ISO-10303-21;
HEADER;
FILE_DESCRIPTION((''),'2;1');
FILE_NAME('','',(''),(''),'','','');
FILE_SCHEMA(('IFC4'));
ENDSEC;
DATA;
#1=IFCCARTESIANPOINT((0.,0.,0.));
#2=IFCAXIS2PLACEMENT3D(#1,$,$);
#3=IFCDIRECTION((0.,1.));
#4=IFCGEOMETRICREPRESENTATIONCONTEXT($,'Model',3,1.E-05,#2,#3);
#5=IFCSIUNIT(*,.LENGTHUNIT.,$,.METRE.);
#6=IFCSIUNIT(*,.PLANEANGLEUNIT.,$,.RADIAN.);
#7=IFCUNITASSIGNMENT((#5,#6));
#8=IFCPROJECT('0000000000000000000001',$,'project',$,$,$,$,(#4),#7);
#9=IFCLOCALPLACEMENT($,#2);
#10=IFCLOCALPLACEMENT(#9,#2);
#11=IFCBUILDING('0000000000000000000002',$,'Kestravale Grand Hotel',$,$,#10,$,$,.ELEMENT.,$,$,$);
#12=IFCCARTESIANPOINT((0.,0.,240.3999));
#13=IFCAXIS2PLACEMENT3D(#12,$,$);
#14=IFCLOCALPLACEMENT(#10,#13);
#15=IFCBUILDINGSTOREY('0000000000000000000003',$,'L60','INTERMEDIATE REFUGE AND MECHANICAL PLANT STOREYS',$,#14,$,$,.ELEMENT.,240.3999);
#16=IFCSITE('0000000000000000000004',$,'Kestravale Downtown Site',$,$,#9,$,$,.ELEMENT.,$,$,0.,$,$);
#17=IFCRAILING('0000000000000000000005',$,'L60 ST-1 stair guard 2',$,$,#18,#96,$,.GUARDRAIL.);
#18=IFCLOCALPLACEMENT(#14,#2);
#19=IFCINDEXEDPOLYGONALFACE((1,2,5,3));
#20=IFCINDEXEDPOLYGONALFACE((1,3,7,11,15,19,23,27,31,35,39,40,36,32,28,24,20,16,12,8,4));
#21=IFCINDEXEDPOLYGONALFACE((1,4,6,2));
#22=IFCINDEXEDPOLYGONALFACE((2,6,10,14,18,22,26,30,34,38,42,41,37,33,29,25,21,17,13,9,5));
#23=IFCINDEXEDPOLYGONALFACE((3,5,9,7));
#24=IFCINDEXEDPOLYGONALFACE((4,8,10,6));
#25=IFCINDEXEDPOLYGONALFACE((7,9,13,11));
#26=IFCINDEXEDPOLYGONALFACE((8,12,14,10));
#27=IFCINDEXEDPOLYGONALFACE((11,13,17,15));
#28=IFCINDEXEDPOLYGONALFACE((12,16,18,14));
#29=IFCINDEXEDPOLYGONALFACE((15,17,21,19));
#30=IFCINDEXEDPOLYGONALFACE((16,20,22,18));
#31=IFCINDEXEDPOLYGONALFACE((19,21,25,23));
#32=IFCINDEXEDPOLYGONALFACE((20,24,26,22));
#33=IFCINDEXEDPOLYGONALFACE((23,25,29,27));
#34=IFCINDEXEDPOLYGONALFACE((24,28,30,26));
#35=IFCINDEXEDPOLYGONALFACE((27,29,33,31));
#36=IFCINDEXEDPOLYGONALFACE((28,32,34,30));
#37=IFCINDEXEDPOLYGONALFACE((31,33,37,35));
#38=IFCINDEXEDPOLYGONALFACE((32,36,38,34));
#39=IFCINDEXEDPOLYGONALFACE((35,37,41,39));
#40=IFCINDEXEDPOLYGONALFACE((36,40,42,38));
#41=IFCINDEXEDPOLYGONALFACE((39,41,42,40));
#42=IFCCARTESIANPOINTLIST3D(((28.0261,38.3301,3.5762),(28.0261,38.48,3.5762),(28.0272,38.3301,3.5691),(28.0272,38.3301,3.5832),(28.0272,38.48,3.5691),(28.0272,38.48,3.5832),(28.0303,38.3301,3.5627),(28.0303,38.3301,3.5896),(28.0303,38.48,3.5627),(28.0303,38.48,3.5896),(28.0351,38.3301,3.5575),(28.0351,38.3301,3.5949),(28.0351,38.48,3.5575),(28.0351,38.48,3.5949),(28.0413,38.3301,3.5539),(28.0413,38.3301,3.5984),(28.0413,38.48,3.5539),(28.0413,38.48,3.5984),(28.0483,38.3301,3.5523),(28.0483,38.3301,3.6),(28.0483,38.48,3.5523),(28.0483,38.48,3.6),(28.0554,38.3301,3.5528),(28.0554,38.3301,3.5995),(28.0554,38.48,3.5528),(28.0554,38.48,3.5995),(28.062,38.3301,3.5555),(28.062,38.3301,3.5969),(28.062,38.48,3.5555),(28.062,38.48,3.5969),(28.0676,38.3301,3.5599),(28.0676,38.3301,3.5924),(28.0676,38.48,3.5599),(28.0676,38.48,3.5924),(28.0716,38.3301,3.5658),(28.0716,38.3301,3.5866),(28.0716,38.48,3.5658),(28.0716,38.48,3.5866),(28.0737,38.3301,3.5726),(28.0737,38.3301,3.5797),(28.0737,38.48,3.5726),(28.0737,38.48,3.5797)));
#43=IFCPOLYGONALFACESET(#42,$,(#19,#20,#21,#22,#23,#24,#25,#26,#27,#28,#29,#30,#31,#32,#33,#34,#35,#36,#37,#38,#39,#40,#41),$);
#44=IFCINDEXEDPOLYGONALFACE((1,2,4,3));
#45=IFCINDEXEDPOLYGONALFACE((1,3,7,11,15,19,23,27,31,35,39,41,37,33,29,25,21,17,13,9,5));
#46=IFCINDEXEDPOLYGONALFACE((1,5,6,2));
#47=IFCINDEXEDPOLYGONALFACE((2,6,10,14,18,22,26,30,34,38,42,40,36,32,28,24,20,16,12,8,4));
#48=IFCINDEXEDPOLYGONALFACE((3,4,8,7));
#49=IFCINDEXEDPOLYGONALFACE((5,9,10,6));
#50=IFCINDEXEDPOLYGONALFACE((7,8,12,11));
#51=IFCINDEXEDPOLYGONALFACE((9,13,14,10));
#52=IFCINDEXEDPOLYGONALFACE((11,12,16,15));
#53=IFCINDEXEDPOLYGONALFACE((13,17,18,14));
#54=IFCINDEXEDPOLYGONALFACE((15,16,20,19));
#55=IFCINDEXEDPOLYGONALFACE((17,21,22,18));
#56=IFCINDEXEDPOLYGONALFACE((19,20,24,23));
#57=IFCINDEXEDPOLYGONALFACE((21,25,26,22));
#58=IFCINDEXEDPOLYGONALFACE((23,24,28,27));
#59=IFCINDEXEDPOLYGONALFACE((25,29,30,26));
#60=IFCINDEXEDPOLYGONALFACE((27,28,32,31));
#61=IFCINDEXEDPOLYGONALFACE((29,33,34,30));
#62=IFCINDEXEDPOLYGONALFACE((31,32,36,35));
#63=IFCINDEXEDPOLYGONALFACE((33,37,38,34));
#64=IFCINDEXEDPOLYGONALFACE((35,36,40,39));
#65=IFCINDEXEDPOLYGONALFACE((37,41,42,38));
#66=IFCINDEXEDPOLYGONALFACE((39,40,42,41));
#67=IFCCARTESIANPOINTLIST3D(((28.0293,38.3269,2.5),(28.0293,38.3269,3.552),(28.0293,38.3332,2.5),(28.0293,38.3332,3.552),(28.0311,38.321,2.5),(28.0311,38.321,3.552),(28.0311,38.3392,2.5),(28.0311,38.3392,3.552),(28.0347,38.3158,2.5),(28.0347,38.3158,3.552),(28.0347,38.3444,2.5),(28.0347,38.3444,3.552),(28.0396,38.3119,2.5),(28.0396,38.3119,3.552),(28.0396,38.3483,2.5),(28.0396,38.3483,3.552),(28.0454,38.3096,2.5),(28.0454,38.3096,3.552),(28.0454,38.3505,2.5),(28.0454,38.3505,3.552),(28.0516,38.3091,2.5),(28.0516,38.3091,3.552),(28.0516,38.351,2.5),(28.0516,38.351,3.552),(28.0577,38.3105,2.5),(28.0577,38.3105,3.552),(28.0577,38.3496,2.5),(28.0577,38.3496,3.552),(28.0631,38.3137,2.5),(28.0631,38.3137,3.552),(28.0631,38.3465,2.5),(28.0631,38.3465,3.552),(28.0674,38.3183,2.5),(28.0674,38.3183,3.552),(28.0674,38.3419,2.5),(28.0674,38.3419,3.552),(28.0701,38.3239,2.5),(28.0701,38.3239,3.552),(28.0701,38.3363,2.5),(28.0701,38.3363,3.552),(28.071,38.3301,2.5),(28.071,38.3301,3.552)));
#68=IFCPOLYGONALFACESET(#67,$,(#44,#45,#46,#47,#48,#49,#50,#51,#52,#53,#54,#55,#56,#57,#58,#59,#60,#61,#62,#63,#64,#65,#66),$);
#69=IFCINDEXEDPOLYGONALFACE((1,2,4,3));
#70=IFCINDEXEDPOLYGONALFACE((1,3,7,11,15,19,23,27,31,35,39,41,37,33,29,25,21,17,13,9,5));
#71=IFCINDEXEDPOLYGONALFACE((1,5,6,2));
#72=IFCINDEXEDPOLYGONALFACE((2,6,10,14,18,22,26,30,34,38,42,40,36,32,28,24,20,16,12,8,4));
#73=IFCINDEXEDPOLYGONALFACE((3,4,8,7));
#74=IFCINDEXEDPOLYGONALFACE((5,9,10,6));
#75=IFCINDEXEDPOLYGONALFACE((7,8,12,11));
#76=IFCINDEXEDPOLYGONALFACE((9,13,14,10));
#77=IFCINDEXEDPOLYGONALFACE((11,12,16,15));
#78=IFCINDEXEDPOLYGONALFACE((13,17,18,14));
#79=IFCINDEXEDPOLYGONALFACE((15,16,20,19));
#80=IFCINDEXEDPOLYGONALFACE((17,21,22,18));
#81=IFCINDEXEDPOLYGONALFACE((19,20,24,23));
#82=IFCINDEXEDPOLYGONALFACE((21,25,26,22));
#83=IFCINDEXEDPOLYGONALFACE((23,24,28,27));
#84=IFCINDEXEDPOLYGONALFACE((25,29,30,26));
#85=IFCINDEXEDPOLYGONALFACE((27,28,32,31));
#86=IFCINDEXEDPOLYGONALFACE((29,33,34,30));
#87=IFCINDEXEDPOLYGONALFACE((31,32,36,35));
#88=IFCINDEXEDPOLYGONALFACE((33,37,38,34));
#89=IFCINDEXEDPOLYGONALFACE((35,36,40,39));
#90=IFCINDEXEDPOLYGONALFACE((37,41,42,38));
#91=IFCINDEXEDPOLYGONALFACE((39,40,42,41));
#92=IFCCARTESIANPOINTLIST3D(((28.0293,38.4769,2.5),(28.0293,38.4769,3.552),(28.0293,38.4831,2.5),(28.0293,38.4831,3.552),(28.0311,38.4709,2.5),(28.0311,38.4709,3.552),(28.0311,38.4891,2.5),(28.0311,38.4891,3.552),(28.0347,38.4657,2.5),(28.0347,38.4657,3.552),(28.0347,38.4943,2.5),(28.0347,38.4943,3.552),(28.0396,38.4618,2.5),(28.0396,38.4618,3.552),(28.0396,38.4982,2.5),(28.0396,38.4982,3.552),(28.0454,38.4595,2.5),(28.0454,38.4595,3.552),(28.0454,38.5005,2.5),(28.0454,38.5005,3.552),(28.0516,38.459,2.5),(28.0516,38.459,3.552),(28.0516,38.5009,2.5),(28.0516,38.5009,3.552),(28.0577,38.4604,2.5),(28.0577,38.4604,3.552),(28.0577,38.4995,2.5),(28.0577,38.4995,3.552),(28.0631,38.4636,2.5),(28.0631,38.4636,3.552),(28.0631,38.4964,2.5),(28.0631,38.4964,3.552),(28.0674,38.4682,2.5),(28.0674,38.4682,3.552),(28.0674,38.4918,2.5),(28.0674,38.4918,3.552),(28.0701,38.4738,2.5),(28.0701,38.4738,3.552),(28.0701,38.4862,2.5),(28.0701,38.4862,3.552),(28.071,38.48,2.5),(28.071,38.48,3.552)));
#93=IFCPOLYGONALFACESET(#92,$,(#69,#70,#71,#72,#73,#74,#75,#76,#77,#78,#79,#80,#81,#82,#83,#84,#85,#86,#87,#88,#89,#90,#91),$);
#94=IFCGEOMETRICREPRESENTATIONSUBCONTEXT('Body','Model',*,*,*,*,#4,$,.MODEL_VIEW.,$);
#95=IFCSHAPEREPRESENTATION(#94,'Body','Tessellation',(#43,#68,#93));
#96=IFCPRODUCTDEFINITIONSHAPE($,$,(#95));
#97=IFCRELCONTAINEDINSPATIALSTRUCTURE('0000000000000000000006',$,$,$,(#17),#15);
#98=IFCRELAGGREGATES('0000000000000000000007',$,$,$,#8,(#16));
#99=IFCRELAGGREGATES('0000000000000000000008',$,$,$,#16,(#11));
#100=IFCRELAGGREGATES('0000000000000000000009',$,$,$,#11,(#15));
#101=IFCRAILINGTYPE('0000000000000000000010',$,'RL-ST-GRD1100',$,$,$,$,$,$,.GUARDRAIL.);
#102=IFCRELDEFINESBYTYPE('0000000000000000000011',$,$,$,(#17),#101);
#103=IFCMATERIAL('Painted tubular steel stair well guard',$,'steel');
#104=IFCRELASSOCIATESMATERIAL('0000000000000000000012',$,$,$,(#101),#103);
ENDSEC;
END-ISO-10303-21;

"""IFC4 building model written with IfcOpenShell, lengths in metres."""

from ifc_helpers import new_model, si_unit, direction, frame, origin, origin_2d, place, context, subcontext, project, spatial, circle, extrude, material, type_object, element, save


model = new_model("IFC4")

# Units and contexts
model_context = context("Model", 3, precision=1e-05, world=origin(), true_north=direction((0.0, 1.0)))
body_context = subcontext(model_context, "Body", "Model", "MODEL_VIEW")
ifc_project = project(units=[si_unit("LENGTHUNIT", "METRE"), si_unit("PLANEANGLEUNIT", "RADIAN")], contexts=[model_context])

# Site, building, storey
site_placement = place(None, origin())
site = spatial("IfcSite", under=ifc_project, at=site_placement, Name="Kestravale Downtown Site", CompositionType="ELEMENT", RefElevation=0.0)
building_placement = place(site_placement, origin())
building = spatial("IfcBuilding", under=site, at=building_placement, Name="Kestravale Grand Hotel", CompositionType="ELEMENT")
storey_placement = place(building_placement, frame((0.0, 0.0, 240.3999)))
storey = spatial("IfcBuildingStorey", under=building, at=storey_placement, Name="L60", Description="INTERMEDIATE REFUGE AND MECHANICAL PLANT STOREYS", CompositionType="ELEMENT", Elevation=240.3999)

# Railing
ifc_material_1 = material(Name="Painted tubular steel stair well guard", Category="steel")
railing_type_1 = type_object("IfcRailingType", Name="RL-ST-GRD1100", PredefinedType="GUARDRAIL", material=ifc_material_1)
railing_1_placement = place(storey_placement, frame((28.05, 38.3301, 2.5)))
element("IfcRailing", 1, at=railing_1_placement, inside=storey, type_object=railing_type_1, Name="L60 ST-1 stair guard 2", PredefinedType="GUARDRAIL", context=body_context, shape_type="SweptSolid", body=[
    extrude(circle(Radius=0.0239, at=origin_2d()), frame((0.0, 0.0, 1.0762), z_axis=(0.0, 1.0, 0.0), x_axis=(-1.0, 0.0, 0.0)), (0.0, 0.0, 1.0), 0.1499),
    extrude(circle(Radius=0.021, at=origin_2d()), origin(), (0.0, 0.0, 1.0), 1.052),
    extrude(circle(Radius=0.021, at=origin_2d()), frame((0.0, 0.1499, 0.0)), (0.0, 0.0, 1.0), 1.052),
])

save(model, "model.ifc")
